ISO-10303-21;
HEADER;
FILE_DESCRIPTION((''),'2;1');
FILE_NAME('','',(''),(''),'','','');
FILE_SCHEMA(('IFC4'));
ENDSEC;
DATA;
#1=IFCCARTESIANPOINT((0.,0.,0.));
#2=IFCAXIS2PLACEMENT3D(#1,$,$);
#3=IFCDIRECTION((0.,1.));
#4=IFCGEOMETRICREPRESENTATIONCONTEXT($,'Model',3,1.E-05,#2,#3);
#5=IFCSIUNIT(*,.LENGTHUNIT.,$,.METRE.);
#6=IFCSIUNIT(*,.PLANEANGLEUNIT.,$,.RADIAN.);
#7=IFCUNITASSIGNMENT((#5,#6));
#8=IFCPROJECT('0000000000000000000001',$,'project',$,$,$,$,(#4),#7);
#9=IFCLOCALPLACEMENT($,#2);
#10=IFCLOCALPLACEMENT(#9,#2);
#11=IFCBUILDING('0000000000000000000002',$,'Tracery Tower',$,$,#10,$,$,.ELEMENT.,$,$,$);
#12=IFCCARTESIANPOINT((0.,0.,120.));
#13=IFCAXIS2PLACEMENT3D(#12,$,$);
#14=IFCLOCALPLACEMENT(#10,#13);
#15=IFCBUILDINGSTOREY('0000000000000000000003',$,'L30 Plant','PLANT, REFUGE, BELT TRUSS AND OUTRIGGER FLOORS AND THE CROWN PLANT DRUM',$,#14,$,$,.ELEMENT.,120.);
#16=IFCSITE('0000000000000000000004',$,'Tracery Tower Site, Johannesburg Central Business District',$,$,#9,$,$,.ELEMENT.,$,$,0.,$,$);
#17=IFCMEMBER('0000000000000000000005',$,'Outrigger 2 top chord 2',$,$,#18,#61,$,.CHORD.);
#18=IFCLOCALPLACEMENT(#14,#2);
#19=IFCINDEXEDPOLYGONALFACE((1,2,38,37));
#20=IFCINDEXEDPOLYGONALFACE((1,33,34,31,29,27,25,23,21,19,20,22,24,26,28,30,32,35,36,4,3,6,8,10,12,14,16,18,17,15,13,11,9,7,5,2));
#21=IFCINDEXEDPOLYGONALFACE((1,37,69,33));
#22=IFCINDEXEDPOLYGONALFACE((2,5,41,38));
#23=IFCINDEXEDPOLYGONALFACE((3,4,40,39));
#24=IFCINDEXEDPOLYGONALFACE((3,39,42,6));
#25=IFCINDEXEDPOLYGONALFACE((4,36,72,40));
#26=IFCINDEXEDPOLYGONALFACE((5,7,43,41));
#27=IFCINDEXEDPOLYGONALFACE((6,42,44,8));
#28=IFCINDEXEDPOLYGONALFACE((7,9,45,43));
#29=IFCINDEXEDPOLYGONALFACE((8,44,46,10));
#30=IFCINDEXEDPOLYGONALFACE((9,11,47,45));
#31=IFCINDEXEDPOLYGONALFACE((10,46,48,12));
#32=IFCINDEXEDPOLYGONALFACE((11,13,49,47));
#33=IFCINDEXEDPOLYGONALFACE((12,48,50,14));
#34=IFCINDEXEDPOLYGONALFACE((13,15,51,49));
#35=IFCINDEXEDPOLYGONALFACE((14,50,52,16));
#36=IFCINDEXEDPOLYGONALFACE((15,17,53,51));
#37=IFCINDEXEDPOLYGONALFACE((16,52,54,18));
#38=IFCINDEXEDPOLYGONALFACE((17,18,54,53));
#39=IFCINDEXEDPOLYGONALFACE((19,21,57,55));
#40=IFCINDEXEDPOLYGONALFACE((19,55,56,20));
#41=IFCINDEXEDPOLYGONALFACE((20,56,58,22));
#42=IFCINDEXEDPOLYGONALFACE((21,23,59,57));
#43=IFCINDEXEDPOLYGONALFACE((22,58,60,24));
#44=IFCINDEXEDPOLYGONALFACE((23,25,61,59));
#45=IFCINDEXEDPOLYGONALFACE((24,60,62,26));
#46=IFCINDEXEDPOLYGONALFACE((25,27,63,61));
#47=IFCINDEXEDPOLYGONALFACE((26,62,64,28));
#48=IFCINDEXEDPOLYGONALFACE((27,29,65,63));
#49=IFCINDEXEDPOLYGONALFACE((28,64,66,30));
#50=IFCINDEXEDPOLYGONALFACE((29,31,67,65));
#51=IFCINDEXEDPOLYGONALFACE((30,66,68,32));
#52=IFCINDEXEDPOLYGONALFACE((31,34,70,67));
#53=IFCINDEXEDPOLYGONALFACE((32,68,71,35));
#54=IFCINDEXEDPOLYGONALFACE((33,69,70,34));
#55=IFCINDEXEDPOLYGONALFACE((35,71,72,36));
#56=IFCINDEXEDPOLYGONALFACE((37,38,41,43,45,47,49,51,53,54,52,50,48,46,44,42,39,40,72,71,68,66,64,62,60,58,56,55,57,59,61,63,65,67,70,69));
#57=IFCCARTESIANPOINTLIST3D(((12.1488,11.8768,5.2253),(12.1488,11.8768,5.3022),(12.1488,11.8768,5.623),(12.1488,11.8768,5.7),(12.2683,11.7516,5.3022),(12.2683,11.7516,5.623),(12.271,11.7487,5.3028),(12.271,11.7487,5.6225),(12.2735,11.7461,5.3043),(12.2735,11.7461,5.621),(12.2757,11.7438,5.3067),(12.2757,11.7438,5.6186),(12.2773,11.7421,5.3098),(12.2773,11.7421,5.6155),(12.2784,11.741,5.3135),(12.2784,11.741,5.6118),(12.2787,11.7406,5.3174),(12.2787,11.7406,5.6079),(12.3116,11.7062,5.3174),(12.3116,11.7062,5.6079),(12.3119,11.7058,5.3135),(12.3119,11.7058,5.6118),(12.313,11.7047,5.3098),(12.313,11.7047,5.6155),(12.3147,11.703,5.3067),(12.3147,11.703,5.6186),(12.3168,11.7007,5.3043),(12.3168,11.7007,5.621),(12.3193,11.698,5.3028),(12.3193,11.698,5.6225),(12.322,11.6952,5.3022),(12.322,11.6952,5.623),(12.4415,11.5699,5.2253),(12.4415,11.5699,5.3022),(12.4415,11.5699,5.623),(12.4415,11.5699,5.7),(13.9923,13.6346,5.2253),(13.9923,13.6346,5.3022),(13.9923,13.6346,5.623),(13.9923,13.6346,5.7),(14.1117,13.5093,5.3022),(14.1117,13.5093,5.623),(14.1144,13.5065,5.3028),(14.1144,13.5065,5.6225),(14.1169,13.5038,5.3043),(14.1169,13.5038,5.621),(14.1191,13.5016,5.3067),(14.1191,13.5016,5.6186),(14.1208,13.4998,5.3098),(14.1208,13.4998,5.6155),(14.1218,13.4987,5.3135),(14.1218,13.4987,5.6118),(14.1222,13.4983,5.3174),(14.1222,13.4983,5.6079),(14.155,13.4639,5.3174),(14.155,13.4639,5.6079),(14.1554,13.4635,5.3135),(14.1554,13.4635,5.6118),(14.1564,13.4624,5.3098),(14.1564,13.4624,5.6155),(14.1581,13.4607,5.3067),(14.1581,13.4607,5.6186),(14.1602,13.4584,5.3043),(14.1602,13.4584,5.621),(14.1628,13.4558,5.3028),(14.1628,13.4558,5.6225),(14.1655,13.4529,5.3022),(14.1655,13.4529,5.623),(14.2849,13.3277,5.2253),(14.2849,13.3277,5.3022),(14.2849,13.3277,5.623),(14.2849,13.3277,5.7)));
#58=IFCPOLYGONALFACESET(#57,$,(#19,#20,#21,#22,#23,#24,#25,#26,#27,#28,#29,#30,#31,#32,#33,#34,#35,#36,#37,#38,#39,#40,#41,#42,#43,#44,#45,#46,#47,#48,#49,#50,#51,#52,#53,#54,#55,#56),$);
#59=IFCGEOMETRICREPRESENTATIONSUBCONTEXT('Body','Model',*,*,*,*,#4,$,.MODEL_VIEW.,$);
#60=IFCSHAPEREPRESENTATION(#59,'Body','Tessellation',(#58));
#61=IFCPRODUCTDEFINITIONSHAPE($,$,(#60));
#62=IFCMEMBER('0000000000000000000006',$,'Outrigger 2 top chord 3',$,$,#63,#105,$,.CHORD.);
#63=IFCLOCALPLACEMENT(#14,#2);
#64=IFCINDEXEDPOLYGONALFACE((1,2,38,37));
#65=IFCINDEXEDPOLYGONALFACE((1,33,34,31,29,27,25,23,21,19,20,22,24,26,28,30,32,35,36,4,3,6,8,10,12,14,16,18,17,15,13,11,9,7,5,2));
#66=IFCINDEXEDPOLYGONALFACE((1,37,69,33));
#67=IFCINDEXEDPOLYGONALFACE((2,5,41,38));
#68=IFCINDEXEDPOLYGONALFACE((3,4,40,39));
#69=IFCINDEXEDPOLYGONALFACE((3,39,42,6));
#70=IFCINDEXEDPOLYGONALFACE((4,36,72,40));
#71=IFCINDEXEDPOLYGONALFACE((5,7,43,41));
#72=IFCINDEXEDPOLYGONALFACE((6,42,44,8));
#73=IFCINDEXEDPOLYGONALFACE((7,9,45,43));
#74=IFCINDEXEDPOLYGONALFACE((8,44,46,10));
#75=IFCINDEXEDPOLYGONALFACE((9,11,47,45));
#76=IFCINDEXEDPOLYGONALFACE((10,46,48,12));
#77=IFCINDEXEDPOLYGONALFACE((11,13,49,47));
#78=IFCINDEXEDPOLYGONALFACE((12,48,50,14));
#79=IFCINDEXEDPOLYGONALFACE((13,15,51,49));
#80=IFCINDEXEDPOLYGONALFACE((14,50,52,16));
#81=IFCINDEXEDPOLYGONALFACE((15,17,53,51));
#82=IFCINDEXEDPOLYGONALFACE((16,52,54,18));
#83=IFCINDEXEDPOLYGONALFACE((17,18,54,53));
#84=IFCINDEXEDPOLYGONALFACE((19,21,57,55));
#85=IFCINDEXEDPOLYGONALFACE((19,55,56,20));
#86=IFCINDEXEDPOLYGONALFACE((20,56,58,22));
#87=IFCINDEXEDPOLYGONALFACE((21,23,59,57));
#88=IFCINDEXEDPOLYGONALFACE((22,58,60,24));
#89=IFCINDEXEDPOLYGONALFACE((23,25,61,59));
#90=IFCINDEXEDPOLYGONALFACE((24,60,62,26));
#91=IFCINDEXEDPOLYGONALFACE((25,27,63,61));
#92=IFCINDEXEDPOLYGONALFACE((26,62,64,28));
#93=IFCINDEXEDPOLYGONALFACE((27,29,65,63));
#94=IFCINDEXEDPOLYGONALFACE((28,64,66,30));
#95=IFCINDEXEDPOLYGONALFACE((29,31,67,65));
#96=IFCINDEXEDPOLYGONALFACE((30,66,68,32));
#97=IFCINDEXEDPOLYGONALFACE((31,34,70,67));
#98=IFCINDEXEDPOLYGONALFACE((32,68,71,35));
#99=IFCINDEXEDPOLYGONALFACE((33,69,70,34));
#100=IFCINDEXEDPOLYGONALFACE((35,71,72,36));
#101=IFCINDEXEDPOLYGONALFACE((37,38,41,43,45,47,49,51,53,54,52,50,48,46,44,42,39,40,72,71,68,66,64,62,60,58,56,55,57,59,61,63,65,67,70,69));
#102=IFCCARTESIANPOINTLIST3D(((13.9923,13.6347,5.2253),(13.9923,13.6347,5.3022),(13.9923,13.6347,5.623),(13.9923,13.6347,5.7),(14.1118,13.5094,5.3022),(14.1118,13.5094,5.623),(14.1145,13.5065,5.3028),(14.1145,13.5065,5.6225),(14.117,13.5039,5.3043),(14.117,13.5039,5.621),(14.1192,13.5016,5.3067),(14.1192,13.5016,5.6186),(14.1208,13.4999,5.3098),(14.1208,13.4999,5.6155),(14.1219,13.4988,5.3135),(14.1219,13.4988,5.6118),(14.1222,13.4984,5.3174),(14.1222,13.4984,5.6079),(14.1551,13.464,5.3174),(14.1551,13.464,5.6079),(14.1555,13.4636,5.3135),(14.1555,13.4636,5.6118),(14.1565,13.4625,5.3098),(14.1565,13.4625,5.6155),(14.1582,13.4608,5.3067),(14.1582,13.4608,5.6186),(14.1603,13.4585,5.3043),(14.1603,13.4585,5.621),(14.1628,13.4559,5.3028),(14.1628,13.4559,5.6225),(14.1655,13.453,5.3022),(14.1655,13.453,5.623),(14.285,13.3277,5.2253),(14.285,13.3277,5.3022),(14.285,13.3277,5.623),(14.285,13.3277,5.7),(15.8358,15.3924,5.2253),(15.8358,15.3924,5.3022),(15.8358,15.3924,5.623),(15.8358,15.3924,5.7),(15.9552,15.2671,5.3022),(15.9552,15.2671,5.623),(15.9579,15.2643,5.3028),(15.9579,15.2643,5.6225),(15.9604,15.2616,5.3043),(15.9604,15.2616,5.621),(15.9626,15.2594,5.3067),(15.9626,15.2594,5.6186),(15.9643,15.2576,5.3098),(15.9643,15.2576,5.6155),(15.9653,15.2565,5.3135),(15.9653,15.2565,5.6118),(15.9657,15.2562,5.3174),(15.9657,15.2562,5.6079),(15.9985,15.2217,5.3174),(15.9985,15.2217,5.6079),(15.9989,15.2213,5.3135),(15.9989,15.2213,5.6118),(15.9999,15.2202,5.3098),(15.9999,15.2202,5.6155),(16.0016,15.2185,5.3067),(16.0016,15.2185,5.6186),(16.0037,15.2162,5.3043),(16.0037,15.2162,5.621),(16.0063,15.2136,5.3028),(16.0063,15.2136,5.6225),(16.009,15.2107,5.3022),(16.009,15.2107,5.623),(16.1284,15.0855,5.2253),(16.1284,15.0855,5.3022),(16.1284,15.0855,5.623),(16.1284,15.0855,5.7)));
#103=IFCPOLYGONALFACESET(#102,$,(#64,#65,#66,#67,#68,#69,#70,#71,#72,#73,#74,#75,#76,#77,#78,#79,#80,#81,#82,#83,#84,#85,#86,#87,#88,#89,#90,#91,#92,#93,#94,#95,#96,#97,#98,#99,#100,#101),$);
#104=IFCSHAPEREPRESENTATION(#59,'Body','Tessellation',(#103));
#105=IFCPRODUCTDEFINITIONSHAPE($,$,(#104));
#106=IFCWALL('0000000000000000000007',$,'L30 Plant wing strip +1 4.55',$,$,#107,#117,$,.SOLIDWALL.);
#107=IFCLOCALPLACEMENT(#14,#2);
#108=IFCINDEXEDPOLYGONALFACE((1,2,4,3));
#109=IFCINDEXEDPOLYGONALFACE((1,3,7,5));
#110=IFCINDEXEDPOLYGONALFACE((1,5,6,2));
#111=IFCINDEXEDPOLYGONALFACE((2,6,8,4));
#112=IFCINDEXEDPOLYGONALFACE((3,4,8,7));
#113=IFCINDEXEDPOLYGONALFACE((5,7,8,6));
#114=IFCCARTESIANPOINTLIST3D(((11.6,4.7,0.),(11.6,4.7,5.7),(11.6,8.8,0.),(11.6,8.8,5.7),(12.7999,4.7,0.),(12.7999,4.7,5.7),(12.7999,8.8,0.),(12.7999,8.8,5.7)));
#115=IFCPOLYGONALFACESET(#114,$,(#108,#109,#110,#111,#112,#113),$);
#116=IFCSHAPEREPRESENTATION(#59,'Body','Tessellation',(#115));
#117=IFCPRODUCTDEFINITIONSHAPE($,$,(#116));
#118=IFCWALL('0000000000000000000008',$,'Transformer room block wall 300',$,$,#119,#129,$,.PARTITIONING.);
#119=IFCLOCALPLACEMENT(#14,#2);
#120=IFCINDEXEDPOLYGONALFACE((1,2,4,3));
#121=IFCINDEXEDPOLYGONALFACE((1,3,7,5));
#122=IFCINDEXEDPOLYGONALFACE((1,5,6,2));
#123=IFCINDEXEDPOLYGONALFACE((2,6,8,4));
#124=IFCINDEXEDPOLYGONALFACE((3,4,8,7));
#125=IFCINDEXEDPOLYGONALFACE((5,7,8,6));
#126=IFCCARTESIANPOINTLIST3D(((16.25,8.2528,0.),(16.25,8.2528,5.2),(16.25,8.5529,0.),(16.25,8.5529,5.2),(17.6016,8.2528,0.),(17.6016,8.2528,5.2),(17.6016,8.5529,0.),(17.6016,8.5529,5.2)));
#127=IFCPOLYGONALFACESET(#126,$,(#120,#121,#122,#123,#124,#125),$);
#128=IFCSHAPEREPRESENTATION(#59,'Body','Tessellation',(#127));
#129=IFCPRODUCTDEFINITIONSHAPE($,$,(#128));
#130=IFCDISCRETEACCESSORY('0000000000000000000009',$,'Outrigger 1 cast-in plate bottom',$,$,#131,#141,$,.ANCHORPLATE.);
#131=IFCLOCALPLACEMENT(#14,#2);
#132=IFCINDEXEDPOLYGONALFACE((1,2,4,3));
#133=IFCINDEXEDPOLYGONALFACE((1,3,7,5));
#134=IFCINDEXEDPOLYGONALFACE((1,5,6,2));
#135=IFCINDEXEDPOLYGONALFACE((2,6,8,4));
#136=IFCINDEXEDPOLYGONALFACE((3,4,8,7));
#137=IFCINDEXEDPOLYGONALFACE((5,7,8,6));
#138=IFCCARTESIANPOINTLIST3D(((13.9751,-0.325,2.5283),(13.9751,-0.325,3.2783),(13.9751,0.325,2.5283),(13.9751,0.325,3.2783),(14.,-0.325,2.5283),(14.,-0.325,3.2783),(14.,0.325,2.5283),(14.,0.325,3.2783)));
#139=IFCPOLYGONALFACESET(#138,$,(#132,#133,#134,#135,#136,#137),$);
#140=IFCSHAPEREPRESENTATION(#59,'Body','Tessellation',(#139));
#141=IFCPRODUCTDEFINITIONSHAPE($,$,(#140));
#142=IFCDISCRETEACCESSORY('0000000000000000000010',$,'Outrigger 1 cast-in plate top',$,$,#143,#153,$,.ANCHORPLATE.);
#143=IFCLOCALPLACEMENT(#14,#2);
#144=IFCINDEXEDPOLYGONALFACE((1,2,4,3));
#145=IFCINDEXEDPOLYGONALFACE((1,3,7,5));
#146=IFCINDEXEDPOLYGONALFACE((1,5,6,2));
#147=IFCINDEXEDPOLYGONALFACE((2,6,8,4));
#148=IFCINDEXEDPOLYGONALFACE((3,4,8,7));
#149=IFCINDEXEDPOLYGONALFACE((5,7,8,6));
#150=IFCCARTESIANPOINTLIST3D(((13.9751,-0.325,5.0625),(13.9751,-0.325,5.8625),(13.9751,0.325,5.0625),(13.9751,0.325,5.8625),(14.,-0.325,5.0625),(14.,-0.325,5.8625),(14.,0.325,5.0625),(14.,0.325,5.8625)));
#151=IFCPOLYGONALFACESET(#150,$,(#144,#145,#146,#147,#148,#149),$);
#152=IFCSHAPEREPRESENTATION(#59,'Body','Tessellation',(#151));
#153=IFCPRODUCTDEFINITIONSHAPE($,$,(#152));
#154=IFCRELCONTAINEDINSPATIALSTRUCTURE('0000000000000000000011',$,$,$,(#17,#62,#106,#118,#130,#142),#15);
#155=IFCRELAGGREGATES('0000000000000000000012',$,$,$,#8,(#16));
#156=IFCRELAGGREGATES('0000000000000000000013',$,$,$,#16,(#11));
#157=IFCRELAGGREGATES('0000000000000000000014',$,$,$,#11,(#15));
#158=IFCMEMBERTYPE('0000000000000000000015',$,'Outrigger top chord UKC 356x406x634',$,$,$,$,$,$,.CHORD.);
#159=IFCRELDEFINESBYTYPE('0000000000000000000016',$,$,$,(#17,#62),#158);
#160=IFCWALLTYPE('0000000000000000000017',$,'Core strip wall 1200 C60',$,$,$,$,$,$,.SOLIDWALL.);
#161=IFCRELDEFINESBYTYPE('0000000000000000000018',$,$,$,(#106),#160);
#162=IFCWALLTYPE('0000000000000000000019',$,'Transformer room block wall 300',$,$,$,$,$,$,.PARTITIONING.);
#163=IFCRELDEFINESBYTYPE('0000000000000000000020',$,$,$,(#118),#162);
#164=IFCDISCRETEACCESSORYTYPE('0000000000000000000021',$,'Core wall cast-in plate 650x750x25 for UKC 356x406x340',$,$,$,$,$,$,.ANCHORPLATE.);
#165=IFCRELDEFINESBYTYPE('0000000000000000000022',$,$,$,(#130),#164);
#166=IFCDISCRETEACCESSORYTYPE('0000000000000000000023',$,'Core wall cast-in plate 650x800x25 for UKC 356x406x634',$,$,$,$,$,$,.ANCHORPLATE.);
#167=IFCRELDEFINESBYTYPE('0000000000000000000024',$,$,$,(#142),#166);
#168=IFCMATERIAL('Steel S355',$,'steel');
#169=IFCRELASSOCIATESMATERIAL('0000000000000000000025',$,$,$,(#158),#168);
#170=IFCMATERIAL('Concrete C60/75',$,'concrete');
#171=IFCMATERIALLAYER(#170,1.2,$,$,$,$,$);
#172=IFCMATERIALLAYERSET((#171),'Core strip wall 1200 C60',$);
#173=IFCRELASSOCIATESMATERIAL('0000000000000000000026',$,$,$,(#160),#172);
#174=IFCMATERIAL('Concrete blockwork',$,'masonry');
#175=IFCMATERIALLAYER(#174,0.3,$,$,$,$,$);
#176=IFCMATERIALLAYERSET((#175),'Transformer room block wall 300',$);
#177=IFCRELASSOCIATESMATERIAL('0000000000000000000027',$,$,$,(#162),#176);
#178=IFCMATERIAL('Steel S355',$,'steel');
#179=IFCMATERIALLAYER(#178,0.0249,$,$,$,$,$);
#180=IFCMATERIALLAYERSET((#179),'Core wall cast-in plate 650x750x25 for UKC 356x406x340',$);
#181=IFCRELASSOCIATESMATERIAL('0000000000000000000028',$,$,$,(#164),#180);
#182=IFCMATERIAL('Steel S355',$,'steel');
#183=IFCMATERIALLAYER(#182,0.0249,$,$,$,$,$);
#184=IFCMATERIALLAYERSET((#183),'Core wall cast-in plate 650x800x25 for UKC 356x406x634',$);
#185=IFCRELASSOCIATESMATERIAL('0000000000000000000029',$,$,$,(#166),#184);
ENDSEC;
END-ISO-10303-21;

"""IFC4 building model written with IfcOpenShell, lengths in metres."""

from ifc_helpers import new_model, si_unit, direction, frame, frame_2d, origin, origin_2d, place, context, subcontext, project, spatial, rectangle, i_section, extrude, material, layer, layer_set, material_profile, profile_set, type_object, element, save


model = new_model("IFC4")

# Units and contexts
model_context = context("Model", 3, precision=1e-05, world=origin(), true_north=direction((0.0, 1.0)))
body_context = subcontext(model_context, "Body", "Model", "MODEL_VIEW")
ifc_project = project(units=[si_unit("LENGTHUNIT", "METRE"), si_unit("PLANEANGLEUNIT", "RADIAN")], contexts=[model_context])

# Site, building, storey
site_placement = place(None, origin())
site = spatial("IfcSite", under=ifc_project, at=site_placement, Name="Tracery Tower Site, Johannesburg Central Business District", CompositionType="ELEMENT", RefElevation=0.0)
building_placement = place(site_placement, origin())
building = spatial("IfcBuilding", under=site, at=building_placement, Name="Tracery Tower", CompositionType="ELEMENT")
storey_placement = place(building_placement, frame((0.0, 0.0, 120.0)))
storey = spatial("IfcBuildingStorey", under=building, at=storey_placement, Name="L30 Plant", Description="PLANT, REFUGE, BELT TRUSS AND OUTRIGGER FLOORS AND THE CROWN PLANT DRUM", CompositionType="ELEMENT", Elevation=120.0)

# Members
ifc_material_1 = material(Name="Steel S355", Category="steel")
ifc_material_profile_1 = material_profile(ifc_material_1, i_section(OverallWidth=0.4241, OverallDepth=0.4746, WebThickness=0.0476, FlangeThickness=0.0769, FilletRadius=0.0151, at=origin_2d()), Name="UKC 356x406x634")
ifc_profile_set_1 = profile_set([ifc_material_profile_1], Name="Steel S355")
member_type_1 = type_object("IfcMemberType", Name="Outrigger top chord UKC 356x406x634", PredefinedType="CHORD", material=ifc_profile_set_1)
for number, where, z_axis, x_axis, name in (
    (1, (12.2952, 11.7234, 5.4626), (0.723728, 0.690086, 0.0), (-0.690086, 0.723728, 0.0), "Outrigger 2 top chord 2"),
    (2, (14.1387, 13.4812, 5.4626), (0.723728, 0.690086, 0.0), (-0.690086, 0.723728, 0.0), "Outrigger 2 top chord 3"),
):
    element("IfcMember", number, at=place(storey_placement, frame(where, z_axis=z_axis, x_axis=x_axis)), inside=storey, type_object=member_type_1, Name=name, PredefinedType="CHORD", context=body_context, shape_type="SweptSolid", body=[
        extrude(i_section(OverallWidth=0.4241, OverallDepth=0.4746, WebThickness=0.0476, FlangeThickness=0.0769, FilletRadius=0.0151, at=origin_2d()), origin(), (0.0, 0.0, 1.0), 2.5471),
    ])

# Wall
ifc_material_2 = material(Name="Concrete C60/75", Category="concrete")
ifc_layer_1 = layer(ifc_material_2, 1.2)
ifc_layer_set_1 = layer_set([ifc_layer_1], Name="Core strip wall 1200 C60")
wall_type_1 = type_object("IfcWallType", Name="Core strip wall 1200 C60", PredefinedType="SOLIDWALL", material=ifc_layer_set_1)
wall_1_placement = place(storey_placement, frame((12.2, 4.7, 0.0), z_axis=(0.0, 0.0, 1.0), x_axis=(0.0, 1.0, 0.0)))
element("IfcWall", 3, at=wall_1_placement, inside=storey, type_object=wall_type_1, Name="L30 Plant wing strip +1 4.55", PredefinedType="SOLIDWALL", context=body_context, shape_type="SweptSolid", body=[
    extrude(rectangle(XDim=4.1001, YDim=1.2, at=frame_2d((2.05, 0.0))), origin(), (0.0, 0.0, 1.0), 5.7),
])

# Shared definitions
ifc_material_3 = material(Name="Concrete blockwork", Category="masonry")
ifc_layer_2 = layer(ifc_material_3, 0.3)
ifc_layer_set_2 = layer_set([ifc_layer_2], Name="Transformer room block wall 300")
wall_type_2 = type_object("IfcWallType", Name="Transformer room block wall 300", PredefinedType="PARTITIONING", material=ifc_layer_set_2)

# Wall
wall_2_placement = place(storey_placement, frame((16.25, 8.4028, 0.0), z_axis=(0.0, 0.0, 1.0), x_axis=(1.0, 0.0, 0.0)))
element("IfcWall", 4, at=wall_2_placement, inside=storey, type_object=wall_type_2, Name="Transformer room block wall 300", PredefinedType="PARTITIONING", context=body_context, shape_type="SweptSolid", body=[
    extrude(rectangle(XDim=1.3516, YDim=0.3, at=frame_2d((0.6758, 0.0))), origin(), (0.0, 0.0, 1.0), 5.2),
])

# Discrete accessories
ifc_material_4 = material(Name="Steel S355", Category="steel")
ifc_layer_3 = layer(ifc_material_4, 0.0249)
ifc_layer_set_3 = layer_set([ifc_layer_3], Name="Core wall cast-in plate 650x750x25 for UKC 356x406x340")
discrete_accessory_type_1 = type_object("IfcDiscreteAccessoryType", Name="Core wall cast-in plate 650x750x25 for UKC 356x406x340", PredefinedType="ANCHORPLATE", material=ifc_layer_set_3)
discrete_accessory_1_placement = place(storey_placement, frame((13.9875, 0.0, 2.5283), z_axis=(0.0, 0.0, 1.0), x_axis=(1.0, 0.0, 0.0)))
element("IfcDiscreteAccessory", 5, at=discrete_accessory_1_placement, inside=storey, type_object=discrete_accessory_type_1, Name="Outrigger 1 cast-in plate bottom", PredefinedType="ANCHORPLATE", context=body_context, shape_type="SweptSolid", body=[
    extrude(rectangle(XDim=0.0249, YDim=0.6499, at=origin_2d()), origin(), (0.0, 0.0, 1.0), 0.75),
])
ifc_material_5 = material(Name="Steel S355", Category="steel")
ifc_layer_4 = layer(ifc_material_5, 0.0249)
ifc_layer_set_4 = layer_set([ifc_layer_4], Name="Core wall cast-in plate 650x800x25 for UKC 356x406x634")
discrete_accessory_type_2 = type_object("IfcDiscreteAccessoryType", Name="Core wall cast-in plate 650x800x25 for UKC 356x406x634", PredefinedType="ANCHORPLATE", material=ifc_layer_set_4)
discrete_accessory_2_placement = place(storey_placement, frame((13.9875, 0.0, 5.0625), z_axis=(0.0, 0.0, 1.0), x_axis=(1.0, 0.0, 0.0)))
element("IfcDiscreteAccessory", 6, at=discrete_accessory_2_placement, inside=storey, type_object=discrete_accessory_type_2, Name="Outrigger 1 cast-in plate top", PredefinedType="ANCHORPLATE", context=body_context, shape_type="SweptSolid", body=[
    extrude(rectangle(XDim=0.0249, YDim=0.6499, at=origin_2d()), origin(), (0.0, 0.0, 1.0), 0.8),
])

save(model, "model.ifc")
